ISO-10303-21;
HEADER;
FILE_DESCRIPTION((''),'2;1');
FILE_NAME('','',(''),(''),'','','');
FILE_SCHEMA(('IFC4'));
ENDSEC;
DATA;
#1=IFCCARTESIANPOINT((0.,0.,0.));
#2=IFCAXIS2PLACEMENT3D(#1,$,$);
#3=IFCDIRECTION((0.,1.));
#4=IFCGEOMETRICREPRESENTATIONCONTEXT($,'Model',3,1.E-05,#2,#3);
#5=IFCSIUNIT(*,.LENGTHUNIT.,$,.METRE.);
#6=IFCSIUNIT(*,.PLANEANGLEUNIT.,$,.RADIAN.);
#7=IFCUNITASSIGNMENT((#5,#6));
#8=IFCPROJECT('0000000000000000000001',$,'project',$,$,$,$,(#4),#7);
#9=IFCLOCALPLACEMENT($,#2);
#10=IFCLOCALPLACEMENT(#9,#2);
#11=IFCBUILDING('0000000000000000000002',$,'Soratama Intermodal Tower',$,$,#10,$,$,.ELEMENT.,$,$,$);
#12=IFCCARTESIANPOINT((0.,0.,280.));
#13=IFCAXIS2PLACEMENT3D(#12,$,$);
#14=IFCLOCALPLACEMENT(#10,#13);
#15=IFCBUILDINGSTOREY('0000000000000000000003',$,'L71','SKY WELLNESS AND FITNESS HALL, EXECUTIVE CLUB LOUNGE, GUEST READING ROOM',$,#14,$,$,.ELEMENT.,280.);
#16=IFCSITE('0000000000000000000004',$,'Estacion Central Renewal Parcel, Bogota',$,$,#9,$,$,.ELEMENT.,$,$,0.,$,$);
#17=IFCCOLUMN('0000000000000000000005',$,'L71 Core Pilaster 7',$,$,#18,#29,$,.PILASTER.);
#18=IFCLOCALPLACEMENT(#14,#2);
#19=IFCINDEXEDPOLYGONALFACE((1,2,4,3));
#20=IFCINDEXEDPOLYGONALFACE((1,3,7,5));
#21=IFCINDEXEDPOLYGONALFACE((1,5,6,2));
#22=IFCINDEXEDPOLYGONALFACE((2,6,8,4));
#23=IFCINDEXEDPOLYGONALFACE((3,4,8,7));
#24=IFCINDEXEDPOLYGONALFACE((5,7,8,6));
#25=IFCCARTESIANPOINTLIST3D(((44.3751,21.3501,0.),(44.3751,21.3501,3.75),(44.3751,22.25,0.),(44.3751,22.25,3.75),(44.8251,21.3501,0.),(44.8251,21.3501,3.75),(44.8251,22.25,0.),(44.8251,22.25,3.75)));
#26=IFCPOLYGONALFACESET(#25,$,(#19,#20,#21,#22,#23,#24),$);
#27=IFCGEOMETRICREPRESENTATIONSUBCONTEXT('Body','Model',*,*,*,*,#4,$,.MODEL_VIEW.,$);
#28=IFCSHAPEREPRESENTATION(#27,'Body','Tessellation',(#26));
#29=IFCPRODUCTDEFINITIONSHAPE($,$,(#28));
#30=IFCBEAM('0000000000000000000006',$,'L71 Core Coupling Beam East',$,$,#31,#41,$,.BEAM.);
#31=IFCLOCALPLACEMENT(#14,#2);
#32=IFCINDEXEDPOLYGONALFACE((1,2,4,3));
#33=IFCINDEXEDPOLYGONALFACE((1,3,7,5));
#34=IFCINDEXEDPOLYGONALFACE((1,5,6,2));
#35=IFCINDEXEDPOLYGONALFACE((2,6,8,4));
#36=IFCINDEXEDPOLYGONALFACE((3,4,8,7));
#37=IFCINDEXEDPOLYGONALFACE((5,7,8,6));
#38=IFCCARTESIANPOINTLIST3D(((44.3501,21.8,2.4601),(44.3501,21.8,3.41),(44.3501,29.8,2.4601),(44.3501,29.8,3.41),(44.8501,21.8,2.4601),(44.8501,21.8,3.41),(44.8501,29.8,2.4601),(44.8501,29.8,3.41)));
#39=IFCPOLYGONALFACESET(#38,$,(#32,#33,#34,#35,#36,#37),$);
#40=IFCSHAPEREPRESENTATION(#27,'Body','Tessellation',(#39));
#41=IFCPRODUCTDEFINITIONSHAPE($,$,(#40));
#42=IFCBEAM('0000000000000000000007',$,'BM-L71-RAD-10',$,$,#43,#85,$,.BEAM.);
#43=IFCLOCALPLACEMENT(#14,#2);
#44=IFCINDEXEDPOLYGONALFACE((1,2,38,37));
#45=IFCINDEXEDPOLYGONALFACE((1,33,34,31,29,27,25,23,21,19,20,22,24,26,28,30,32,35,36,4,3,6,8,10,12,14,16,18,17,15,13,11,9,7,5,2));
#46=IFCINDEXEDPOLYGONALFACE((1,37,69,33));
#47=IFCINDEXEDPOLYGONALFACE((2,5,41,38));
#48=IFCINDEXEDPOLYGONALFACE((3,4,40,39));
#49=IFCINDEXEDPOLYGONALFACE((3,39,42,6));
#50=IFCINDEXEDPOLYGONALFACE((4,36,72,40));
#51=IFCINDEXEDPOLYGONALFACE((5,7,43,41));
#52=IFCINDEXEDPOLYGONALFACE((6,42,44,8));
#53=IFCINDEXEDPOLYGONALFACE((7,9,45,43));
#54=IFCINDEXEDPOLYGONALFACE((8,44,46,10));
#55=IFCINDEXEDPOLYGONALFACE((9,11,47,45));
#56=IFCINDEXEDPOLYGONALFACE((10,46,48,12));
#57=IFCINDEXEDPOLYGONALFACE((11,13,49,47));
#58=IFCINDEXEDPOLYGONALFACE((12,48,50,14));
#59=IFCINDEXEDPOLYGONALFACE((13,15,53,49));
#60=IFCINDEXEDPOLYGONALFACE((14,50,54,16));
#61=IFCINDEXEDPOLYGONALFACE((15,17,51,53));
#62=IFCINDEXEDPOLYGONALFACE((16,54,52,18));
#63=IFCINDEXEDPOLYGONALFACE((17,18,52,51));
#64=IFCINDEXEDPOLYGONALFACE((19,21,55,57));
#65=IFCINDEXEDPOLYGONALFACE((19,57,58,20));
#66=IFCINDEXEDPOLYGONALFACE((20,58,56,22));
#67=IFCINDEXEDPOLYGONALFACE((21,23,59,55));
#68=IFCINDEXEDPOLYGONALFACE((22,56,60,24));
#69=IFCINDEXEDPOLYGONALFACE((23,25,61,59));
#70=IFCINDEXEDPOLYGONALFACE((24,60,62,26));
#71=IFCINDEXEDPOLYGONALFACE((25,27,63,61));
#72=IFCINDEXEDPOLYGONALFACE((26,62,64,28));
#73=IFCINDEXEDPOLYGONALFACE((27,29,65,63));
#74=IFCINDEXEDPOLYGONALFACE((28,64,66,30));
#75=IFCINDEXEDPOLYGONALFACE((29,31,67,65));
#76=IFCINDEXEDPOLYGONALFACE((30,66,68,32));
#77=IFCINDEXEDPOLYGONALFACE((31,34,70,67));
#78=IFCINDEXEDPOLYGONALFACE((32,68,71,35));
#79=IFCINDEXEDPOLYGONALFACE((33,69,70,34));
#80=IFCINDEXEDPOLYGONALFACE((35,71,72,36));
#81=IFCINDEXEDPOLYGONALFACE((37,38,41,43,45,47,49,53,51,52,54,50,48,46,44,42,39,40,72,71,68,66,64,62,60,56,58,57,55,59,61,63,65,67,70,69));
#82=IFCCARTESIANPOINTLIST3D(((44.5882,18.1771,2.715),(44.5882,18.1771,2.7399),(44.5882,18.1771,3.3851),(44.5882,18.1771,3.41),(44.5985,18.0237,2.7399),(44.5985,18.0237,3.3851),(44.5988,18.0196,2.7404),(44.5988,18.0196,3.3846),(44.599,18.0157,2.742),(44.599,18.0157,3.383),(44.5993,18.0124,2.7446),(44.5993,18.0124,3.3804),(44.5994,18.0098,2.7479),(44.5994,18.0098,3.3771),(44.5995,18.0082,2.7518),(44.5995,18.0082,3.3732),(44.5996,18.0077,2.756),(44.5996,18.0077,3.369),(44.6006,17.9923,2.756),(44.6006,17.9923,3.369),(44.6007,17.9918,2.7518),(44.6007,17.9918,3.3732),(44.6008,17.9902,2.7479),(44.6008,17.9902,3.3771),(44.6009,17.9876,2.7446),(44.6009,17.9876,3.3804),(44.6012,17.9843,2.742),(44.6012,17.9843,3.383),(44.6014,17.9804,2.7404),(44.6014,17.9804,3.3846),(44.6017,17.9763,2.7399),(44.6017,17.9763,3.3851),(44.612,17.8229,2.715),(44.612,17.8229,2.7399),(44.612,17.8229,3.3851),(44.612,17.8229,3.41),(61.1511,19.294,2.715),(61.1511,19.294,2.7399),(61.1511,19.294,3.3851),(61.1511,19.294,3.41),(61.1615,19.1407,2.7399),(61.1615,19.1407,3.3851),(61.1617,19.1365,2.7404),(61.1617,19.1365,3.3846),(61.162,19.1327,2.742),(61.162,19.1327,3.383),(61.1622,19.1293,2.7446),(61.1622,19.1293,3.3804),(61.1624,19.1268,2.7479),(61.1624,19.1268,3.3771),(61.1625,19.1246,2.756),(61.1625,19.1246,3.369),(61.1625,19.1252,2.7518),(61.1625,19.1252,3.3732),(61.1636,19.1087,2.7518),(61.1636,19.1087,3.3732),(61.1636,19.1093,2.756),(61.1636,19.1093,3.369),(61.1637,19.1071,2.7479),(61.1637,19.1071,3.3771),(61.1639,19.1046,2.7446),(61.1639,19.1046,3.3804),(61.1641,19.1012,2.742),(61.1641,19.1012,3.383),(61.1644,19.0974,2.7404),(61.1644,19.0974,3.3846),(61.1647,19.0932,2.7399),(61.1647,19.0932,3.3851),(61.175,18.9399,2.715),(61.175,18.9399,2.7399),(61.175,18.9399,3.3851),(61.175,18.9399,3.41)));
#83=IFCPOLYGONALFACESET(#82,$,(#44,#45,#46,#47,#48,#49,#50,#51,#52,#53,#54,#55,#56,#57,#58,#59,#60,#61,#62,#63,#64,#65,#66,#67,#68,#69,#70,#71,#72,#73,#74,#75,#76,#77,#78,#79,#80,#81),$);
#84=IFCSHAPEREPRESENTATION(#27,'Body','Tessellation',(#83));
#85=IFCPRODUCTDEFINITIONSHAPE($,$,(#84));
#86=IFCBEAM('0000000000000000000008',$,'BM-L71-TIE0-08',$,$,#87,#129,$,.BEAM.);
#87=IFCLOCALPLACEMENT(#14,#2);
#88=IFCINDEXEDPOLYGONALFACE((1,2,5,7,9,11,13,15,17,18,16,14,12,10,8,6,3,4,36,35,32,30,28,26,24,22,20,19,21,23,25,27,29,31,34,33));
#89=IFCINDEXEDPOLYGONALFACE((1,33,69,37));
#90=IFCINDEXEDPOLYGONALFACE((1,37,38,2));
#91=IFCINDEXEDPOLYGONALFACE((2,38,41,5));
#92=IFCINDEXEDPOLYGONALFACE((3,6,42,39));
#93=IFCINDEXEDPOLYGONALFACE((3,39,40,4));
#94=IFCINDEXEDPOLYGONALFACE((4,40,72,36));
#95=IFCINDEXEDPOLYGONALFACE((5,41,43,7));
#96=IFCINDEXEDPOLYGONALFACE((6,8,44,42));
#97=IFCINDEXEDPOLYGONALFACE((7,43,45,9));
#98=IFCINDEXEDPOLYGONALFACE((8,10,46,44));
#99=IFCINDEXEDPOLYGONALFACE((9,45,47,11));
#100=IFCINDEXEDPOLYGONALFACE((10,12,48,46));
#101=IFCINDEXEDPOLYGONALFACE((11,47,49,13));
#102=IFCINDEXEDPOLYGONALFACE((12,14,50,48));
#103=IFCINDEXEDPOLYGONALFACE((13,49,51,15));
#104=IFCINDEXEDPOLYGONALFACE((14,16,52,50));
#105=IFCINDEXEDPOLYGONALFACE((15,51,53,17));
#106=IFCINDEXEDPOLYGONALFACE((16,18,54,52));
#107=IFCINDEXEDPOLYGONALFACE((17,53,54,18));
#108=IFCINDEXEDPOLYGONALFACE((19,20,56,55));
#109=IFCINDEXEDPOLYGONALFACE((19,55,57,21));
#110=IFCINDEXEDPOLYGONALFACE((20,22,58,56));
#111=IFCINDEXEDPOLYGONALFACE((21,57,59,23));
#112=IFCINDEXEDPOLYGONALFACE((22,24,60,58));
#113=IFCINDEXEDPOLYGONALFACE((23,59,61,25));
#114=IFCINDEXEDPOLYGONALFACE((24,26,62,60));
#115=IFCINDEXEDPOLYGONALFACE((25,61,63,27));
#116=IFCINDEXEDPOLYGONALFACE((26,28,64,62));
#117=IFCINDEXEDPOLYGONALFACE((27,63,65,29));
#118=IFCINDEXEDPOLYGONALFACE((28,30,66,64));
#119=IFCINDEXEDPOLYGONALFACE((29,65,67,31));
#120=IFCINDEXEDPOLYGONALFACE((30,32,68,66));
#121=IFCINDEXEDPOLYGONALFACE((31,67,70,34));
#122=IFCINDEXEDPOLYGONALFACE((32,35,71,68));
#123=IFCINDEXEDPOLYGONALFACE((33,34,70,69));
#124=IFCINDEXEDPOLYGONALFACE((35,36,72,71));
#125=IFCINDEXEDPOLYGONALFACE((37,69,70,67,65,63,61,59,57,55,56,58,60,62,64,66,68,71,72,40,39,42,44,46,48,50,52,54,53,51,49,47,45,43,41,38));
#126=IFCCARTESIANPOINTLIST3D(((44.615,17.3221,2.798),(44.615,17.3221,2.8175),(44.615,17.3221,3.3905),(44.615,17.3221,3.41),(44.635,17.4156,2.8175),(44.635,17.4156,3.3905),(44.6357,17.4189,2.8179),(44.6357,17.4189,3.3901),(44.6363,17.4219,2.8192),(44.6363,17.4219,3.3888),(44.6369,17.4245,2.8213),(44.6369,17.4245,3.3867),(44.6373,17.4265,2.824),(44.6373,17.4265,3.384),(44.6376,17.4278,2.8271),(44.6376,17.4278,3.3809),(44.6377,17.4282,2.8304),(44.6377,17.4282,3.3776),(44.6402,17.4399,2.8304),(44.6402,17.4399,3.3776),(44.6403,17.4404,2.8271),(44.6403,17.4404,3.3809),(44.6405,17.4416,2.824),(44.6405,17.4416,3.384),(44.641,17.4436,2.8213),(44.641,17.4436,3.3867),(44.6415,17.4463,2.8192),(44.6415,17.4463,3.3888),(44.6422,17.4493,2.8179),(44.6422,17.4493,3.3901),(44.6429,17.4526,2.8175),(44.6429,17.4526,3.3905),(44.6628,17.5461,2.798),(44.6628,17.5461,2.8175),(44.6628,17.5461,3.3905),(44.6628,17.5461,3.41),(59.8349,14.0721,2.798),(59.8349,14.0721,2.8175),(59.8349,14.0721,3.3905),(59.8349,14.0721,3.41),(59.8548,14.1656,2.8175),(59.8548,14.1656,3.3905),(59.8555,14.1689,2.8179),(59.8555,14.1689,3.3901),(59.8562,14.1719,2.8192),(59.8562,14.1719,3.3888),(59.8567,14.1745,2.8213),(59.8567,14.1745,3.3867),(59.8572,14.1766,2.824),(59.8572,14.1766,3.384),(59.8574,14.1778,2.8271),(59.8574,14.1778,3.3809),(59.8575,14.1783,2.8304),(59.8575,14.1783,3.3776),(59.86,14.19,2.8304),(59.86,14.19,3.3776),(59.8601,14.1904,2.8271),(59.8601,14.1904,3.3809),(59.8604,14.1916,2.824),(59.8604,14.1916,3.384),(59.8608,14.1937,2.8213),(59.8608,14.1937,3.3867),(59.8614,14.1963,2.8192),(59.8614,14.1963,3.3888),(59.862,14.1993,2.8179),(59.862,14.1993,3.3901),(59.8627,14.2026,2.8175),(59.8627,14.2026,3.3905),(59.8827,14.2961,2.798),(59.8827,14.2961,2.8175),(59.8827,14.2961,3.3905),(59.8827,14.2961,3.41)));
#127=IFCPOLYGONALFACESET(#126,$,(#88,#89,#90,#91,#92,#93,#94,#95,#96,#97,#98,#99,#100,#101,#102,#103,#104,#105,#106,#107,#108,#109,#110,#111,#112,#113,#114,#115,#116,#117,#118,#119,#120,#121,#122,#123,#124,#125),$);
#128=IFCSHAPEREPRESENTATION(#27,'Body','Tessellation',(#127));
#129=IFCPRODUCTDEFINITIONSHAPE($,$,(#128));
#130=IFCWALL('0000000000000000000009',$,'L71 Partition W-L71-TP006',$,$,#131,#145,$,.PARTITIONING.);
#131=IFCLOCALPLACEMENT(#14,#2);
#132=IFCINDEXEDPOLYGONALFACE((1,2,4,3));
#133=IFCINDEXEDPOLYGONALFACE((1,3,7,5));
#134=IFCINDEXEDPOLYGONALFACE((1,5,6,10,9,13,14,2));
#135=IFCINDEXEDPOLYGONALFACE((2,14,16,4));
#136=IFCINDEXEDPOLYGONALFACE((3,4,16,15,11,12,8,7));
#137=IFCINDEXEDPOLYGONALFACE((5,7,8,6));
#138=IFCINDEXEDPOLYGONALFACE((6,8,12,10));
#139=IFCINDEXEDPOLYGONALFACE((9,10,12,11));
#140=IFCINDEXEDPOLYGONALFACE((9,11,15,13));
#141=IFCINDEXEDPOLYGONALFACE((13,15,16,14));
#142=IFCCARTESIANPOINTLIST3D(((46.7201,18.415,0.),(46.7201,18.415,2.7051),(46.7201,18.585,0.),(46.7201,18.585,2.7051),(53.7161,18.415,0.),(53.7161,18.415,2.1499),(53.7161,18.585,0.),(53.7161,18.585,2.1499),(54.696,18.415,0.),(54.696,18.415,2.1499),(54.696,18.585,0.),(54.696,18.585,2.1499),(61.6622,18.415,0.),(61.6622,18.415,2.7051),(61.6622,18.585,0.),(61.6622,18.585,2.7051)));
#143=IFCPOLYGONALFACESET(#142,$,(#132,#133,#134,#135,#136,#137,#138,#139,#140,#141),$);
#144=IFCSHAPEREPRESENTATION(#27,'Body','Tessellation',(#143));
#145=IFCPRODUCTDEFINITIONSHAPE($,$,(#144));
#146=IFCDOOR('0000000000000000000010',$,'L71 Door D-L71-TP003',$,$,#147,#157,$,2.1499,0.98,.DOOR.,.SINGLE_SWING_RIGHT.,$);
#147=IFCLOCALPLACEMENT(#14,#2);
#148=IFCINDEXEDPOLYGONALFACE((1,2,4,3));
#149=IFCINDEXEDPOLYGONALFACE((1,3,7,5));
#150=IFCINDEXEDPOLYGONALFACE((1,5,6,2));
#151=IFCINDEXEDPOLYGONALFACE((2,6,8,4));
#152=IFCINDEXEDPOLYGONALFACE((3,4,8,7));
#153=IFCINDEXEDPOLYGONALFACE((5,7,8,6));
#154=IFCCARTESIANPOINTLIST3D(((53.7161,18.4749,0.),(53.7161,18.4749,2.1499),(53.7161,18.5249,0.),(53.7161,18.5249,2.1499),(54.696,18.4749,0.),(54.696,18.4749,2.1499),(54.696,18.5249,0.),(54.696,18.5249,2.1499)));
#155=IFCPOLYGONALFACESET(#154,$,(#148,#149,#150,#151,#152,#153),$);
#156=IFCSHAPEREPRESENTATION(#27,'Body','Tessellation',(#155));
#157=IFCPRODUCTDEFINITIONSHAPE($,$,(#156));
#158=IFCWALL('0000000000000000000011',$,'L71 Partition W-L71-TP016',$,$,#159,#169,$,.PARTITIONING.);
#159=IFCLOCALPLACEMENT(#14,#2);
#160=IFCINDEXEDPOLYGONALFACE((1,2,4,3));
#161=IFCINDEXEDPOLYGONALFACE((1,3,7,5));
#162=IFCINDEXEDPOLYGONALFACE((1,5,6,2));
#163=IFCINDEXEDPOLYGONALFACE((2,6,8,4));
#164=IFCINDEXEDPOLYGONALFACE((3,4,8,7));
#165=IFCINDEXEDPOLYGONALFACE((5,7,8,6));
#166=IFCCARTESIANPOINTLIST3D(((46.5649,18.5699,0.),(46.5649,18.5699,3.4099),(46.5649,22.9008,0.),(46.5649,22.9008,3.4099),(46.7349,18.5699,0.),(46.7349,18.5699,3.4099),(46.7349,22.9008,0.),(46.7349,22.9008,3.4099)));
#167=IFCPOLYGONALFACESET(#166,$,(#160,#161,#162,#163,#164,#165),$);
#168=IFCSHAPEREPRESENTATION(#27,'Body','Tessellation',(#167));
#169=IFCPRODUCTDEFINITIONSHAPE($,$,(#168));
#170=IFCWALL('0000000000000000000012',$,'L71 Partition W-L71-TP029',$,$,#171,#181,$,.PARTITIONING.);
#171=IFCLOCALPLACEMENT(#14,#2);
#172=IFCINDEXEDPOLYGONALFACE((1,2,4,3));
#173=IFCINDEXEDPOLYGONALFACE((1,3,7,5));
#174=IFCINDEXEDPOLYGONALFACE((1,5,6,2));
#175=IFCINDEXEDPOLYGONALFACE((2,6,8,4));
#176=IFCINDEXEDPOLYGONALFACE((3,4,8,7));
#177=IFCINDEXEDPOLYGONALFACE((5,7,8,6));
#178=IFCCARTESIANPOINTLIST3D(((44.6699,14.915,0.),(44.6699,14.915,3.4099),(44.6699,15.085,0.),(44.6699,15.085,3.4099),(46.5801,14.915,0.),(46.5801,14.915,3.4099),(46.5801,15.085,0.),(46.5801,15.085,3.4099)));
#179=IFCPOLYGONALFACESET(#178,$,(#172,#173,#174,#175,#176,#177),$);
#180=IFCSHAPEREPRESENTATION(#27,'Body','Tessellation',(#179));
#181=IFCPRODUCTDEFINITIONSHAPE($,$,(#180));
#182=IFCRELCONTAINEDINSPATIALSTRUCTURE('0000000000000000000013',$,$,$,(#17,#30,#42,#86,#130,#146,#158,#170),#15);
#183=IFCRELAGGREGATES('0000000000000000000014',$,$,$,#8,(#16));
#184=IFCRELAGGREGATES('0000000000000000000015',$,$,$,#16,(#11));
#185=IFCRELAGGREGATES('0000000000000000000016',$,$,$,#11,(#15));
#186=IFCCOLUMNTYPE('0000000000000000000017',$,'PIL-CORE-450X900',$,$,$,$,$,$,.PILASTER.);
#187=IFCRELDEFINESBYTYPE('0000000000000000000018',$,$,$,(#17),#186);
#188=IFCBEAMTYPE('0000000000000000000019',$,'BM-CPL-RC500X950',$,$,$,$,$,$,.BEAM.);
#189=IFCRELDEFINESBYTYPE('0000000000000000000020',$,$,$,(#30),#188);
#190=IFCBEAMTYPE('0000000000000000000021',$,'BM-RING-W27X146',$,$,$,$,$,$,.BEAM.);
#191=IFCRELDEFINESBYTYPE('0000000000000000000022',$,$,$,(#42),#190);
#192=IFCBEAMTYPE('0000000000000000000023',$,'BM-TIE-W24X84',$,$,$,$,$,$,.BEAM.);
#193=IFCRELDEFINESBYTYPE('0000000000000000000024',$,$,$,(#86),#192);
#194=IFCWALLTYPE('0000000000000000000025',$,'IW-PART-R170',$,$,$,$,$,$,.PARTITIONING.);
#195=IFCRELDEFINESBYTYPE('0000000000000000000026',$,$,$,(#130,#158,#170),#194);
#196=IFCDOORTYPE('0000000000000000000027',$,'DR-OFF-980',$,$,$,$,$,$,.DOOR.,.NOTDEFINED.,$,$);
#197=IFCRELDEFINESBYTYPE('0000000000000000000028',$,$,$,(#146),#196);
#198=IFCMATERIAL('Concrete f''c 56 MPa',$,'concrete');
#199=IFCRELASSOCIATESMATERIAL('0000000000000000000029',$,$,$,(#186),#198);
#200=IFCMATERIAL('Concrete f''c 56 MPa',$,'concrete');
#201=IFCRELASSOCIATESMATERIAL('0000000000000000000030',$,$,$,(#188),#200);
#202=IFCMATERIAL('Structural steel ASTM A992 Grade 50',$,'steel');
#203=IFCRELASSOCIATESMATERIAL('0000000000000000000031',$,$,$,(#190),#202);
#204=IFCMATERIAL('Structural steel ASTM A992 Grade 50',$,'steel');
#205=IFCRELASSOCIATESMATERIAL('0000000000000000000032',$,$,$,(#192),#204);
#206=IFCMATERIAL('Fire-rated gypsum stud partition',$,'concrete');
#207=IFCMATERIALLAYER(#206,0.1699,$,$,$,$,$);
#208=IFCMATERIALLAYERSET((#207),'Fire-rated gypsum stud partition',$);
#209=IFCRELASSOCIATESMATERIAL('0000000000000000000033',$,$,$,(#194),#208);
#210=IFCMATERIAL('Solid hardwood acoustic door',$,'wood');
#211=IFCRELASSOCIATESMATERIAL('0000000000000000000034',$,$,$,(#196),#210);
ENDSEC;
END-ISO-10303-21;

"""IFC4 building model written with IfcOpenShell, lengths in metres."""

from ifc_helpers import new_model, si_unit, direction, frame, frame_2d, origin, origin_2d, place, context, subcontext, project, spatial, rectangle, i_section, extrude, material, layer, layer_set, material_profile, profile_set, type_object, element, fill, save


model = new_model("IFC4")

# Units and contexts
model_context = context("Model", 3, precision=1e-05, world=origin(), true_north=direction((0.0, 1.0)))
body_context = subcontext(model_context, "Body", "Model", "MODEL_VIEW")
ifc_project = project(units=[si_unit("LENGTHUNIT", "METRE"), si_unit("PLANEANGLEUNIT", "RADIAN")], contexts=[model_context])

# Site, building, storey
site_placement = place(None, origin())
site = spatial("IfcSite", under=ifc_project, at=site_placement, Name="Estacion Central Renewal Parcel, Bogota", CompositionType="ELEMENT", RefElevation=0.0)
building_placement = place(site_placement, origin())
building = spatial("IfcBuilding", under=site, at=building_placement, Name="Soratama Intermodal Tower", CompositionType="ELEMENT")
storey_placement = place(building_placement, frame((0.0, 0.0, 280.0)))
storey = spatial("IfcBuildingStorey", under=building, at=storey_placement, Name="L71", Description="SKY WELLNESS AND FITNESS HALL, EXECUTIVE CLUB LOUNGE, GUEST READING ROOM", CompositionType="ELEMENT", Elevation=280.0)

# Column
ifc_material_1 = material(Name="Concrete f'c 56 MPa", Category="concrete")
ifc_material_profile_1 = material_profile(ifc_material_1, rectangle(XDim=0.45, YDim=0.8999, at=origin_2d()), Name="RC450X900")
ifc_profile_set_1 = profile_set([ifc_material_profile_1], Name="Concrete f'c 56 MPa")
column_type = type_object("IfcColumnType", Name="PIL-CORE-450X900", PredefinedType="PILASTER", material=ifc_profile_set_1)
column_placement = place(storey_placement, frame((44.6001, 21.8, 0.0), z_axis=(0.0, 0.0, 1.0), x_axis=(1.0, 0.0, 0.0)))
element("IfcColumn", 1, at=column_placement, inside=storey, type_object=column_type, Name="L71 Core Pilaster 7", PredefinedType="PILASTER", context=body_context, shape_type="SweptSolid", body=[
    extrude(rectangle(XDim=0.45, YDim=0.8999, at=origin_2d()), origin(), (0.0, 0.0, 1.0), 3.75),
])

# Beams
ifc_material_2 = material(Name="Concrete f'c 56 MPa", Category="concrete")
ifc_material_profile_2 = material_profile(ifc_material_2, rectangle(XDim=0.5, YDim=0.95, at=origin_2d()), Name="RC500X950")
ifc_profile_set_2 = profile_set([ifc_material_profile_2], Name="Concrete f'c 56 MPa")
beam_type_1 = type_object("IfcBeamType", Name="BM-CPL-RC500X950", PredefinedType="BEAM", material=ifc_profile_set_2)
beam_1_placement = place(storey_placement, frame((44.6001, 21.8, 2.9351), z_axis=(0.0, 1.0, 0.0), x_axis=(-1.0, 0.0, 0.0)))
element("IfcBeam", 2, at=beam_1_placement, inside=storey, type_object=beam_type_1, Name="L71 Core Coupling Beam East", PredefinedType="BEAM", context=body_context, shape_type="SweptSolid", body=[
    extrude(rectangle(XDim=0.5, YDim=0.95, at=origin_2d()), origin(), (0.0, 0.0, 1.0), 8.0),
])
ifc_material_3 = material(Name="Structural steel ASTM A992 Grade 50", Category="steel")
ifc_material_profile_3 = material_profile(ifc_material_3, i_section(OverallWidth=0.355, OverallDepth=0.6951, WebThickness=0.0154, FlangeThickness=0.0249, FilletRadius=0.0161, at=origin_2d()), Name="W27X146")
ifc_profile_set_3 = profile_set([ifc_material_profile_3], Name="Structural steel ASTM A992 Grade 50")
beam_type_2 = type_object("IfcBeamType", Name="BM-RING-W27X146", PredefinedType="BEAM", material=ifc_profile_set_3)
beam_2_placement = place(storey_placement, frame((44.6001, 18.0, 3.0625), z_axis=(0.997734, 0.067283, 0.0), x_axis=(-0.067283, 0.997734, 0.0)))
element("IfcBeam", 3, at=beam_2_placement, inside=storey, type_object=beam_type_2, Name="BM-L71-RAD-10", PredefinedType="BEAM", context=body_context, shape_type="SweptSolid", body=[
    extrude(i_section(OverallWidth=0.355, OverallDepth=0.6951, WebThickness=0.0154, FlangeThickness=0.0249, FilletRadius=0.0161, at=origin_2d()), origin(), (0.0, 0.0, 1.0), 16.6006),
])
ifc_material_4 = material(Name="Structural steel ASTM A992 Grade 50", Category="steel")
ifc_material_profile_4 = material_profile(ifc_material_4, i_section(OverallWidth=0.229, OverallDepth=0.6121, WebThickness=0.012, FlangeThickness=0.0195, FilletRadius=0.0129, at=origin_2d()), Name="W24X84")
ifc_profile_set_4 = profile_set([ifc_material_profile_4], Name="Structural steel ASTM A992 Grade 50")
beam_type_3 = type_object("IfcBeamType", Name="BM-TIE-W24X84", PredefinedType="BEAM", material=ifc_profile_set_4)
beam_3_placement = place(storey_placement, frame((44.6389, 17.4341, 3.104), z_axis=(0.977953, -0.208827, 0.0), x_axis=(0.208827, 0.977953, 0.0)))
element("IfcBeam", 4, at=beam_3_placement, inside=storey, type_object=beam_type_3, Name="BM-L71-TIE0-08", PredefinedType="BEAM", context=body_context, shape_type="SweptSolid", body=[
    extrude(i_section(OverallWidth=0.229, OverallDepth=0.6121, WebThickness=0.012, FlangeThickness=0.0195, FilletRadius=0.0129, at=origin_2d()), origin(), (0.0, 0.0, 1.0), 15.563),
])

# Wall, opening, door
ifc_material_5 = material(Name="Fire-rated gypsum stud partition", Category="concrete")
ifc_layer_1 = layer(ifc_material_5, 0.1699)
ifc_layer_set_1 = layer_set([ifc_layer_1], Name="Fire-rated gypsum stud partition")
wall_type_1 = type_object("IfcWallType", Name="IW-PART-R170", PredefinedType="PARTITIONING", material=ifc_layer_set_1)
wall_1_placement = place(storey_placement, frame((46.72, 18.5, 0.0), z_axis=(0.0, 0.0, 1.0), x_axis=(1.0, 0.0, 0.0)))
wall_1 = element("IfcWall", 5, at=wall_1_placement, inside=storey, type_object=wall_type_1, Name="L71 Partition W-L71-TP006", PredefinedType="PARTITIONING", context=body_context, shape_type="SweptSolid", body=[
    extrude(rectangle(XDim=14.9421, YDim=0.1699, at=frame_2d((7.4712, 0.0))), origin(), (0.0, 0.0, 1.0), 2.7051),
])
opening_1_placement = place(wall_1_placement, frame((6.9961, 0.0, 0.0)))
opening_1 = element("IfcOpeningElement", 6, at=opening_1_placement, cuts=wall_1, PredefinedType="OPENING", context=body_context, shape_type="SweptSolid", body=[
    extrude(rectangle(XDim=0.98, YDim=2.1499, at=frame_2d((0.49, 1.075))), frame((0.0, 0.095, 0.0), z_axis=(0.0, -1.0, 0.0), x_axis=(1.0, 0.0, 0.0)), (0.0, 0.0, 1.0), 0.1899),
])
ifc_material_6 = material(Name="Solid hardwood acoustic door", Category="wood")
door_type_1 = type_object("IfcDoorType", Name="DR-OFF-980", OperationType="NOTDEFINED", PredefinedType="DOOR", material=ifc_material_6)
door_1_placement = place(opening_1_placement, origin())
door_1 = element("IfcDoor", 7, at=door_1_placement, inside=storey, type_object=door_type_1, Name="L71 Door D-L71-TP003", OperationType="SINGLE_SWING_RIGHT", OverallHeight=2.1499, OverallWidth=0.98, PredefinedType="DOOR", context=body_context, shape_type="SweptSolid", body=[
    extrude(rectangle(XDim=0.98, YDim=2.1499, at=frame_2d((0.49, 1.075))), frame((0.0, 0.0249, 0.0), z_axis=(0.0, -1.0, 0.0), x_axis=(1.0, 0.0, 0.0)), (0.0, 0.0, 1.0), 0.05),
])
fill(opening_1, door_1)

# Wall
wall_2_placement = place(storey_placement, frame((46.6499, 22.9009, 0.0), z_axis=(0.0, 0.0, 1.0), x_axis=(0.0, -1.0, 0.0)))
element("IfcWall", 8, at=wall_2_placement, inside=storey, type_object=wall_type_1, Name="L71 Partition W-L71-TP016", PredefinedType="PARTITIONING", context=body_context, shape_type="SweptSolid", body=[
    extrude(rectangle(XDim=4.3308, YDim=0.1699, at=frame_2d((2.1655, 0.0))), origin(), (0.0, 0.0, 1.0), 3.4099),
])

# Wall
wall_3_placement = place(storey_placement, frame((46.5801, 15.0, 0.0), z_axis=(0.0, 0.0, 1.0), x_axis=(-1.0, 0.0, 0.0)))
element("IfcWall", 9, at=wall_3_placement, inside=storey, type_object=wall_type_1, Name="L71 Partition W-L71-TP029", PredefinedType="PARTITIONING", context=body_context, shape_type="SweptSolid", body=[
    extrude(rectangle(XDim=1.9102, YDim=0.1699, at=frame_2d((0.9551, 0.0))), origin(), (0.0, 0.0, 1.0), 3.4099),
])

save(model, "model.ifc")
